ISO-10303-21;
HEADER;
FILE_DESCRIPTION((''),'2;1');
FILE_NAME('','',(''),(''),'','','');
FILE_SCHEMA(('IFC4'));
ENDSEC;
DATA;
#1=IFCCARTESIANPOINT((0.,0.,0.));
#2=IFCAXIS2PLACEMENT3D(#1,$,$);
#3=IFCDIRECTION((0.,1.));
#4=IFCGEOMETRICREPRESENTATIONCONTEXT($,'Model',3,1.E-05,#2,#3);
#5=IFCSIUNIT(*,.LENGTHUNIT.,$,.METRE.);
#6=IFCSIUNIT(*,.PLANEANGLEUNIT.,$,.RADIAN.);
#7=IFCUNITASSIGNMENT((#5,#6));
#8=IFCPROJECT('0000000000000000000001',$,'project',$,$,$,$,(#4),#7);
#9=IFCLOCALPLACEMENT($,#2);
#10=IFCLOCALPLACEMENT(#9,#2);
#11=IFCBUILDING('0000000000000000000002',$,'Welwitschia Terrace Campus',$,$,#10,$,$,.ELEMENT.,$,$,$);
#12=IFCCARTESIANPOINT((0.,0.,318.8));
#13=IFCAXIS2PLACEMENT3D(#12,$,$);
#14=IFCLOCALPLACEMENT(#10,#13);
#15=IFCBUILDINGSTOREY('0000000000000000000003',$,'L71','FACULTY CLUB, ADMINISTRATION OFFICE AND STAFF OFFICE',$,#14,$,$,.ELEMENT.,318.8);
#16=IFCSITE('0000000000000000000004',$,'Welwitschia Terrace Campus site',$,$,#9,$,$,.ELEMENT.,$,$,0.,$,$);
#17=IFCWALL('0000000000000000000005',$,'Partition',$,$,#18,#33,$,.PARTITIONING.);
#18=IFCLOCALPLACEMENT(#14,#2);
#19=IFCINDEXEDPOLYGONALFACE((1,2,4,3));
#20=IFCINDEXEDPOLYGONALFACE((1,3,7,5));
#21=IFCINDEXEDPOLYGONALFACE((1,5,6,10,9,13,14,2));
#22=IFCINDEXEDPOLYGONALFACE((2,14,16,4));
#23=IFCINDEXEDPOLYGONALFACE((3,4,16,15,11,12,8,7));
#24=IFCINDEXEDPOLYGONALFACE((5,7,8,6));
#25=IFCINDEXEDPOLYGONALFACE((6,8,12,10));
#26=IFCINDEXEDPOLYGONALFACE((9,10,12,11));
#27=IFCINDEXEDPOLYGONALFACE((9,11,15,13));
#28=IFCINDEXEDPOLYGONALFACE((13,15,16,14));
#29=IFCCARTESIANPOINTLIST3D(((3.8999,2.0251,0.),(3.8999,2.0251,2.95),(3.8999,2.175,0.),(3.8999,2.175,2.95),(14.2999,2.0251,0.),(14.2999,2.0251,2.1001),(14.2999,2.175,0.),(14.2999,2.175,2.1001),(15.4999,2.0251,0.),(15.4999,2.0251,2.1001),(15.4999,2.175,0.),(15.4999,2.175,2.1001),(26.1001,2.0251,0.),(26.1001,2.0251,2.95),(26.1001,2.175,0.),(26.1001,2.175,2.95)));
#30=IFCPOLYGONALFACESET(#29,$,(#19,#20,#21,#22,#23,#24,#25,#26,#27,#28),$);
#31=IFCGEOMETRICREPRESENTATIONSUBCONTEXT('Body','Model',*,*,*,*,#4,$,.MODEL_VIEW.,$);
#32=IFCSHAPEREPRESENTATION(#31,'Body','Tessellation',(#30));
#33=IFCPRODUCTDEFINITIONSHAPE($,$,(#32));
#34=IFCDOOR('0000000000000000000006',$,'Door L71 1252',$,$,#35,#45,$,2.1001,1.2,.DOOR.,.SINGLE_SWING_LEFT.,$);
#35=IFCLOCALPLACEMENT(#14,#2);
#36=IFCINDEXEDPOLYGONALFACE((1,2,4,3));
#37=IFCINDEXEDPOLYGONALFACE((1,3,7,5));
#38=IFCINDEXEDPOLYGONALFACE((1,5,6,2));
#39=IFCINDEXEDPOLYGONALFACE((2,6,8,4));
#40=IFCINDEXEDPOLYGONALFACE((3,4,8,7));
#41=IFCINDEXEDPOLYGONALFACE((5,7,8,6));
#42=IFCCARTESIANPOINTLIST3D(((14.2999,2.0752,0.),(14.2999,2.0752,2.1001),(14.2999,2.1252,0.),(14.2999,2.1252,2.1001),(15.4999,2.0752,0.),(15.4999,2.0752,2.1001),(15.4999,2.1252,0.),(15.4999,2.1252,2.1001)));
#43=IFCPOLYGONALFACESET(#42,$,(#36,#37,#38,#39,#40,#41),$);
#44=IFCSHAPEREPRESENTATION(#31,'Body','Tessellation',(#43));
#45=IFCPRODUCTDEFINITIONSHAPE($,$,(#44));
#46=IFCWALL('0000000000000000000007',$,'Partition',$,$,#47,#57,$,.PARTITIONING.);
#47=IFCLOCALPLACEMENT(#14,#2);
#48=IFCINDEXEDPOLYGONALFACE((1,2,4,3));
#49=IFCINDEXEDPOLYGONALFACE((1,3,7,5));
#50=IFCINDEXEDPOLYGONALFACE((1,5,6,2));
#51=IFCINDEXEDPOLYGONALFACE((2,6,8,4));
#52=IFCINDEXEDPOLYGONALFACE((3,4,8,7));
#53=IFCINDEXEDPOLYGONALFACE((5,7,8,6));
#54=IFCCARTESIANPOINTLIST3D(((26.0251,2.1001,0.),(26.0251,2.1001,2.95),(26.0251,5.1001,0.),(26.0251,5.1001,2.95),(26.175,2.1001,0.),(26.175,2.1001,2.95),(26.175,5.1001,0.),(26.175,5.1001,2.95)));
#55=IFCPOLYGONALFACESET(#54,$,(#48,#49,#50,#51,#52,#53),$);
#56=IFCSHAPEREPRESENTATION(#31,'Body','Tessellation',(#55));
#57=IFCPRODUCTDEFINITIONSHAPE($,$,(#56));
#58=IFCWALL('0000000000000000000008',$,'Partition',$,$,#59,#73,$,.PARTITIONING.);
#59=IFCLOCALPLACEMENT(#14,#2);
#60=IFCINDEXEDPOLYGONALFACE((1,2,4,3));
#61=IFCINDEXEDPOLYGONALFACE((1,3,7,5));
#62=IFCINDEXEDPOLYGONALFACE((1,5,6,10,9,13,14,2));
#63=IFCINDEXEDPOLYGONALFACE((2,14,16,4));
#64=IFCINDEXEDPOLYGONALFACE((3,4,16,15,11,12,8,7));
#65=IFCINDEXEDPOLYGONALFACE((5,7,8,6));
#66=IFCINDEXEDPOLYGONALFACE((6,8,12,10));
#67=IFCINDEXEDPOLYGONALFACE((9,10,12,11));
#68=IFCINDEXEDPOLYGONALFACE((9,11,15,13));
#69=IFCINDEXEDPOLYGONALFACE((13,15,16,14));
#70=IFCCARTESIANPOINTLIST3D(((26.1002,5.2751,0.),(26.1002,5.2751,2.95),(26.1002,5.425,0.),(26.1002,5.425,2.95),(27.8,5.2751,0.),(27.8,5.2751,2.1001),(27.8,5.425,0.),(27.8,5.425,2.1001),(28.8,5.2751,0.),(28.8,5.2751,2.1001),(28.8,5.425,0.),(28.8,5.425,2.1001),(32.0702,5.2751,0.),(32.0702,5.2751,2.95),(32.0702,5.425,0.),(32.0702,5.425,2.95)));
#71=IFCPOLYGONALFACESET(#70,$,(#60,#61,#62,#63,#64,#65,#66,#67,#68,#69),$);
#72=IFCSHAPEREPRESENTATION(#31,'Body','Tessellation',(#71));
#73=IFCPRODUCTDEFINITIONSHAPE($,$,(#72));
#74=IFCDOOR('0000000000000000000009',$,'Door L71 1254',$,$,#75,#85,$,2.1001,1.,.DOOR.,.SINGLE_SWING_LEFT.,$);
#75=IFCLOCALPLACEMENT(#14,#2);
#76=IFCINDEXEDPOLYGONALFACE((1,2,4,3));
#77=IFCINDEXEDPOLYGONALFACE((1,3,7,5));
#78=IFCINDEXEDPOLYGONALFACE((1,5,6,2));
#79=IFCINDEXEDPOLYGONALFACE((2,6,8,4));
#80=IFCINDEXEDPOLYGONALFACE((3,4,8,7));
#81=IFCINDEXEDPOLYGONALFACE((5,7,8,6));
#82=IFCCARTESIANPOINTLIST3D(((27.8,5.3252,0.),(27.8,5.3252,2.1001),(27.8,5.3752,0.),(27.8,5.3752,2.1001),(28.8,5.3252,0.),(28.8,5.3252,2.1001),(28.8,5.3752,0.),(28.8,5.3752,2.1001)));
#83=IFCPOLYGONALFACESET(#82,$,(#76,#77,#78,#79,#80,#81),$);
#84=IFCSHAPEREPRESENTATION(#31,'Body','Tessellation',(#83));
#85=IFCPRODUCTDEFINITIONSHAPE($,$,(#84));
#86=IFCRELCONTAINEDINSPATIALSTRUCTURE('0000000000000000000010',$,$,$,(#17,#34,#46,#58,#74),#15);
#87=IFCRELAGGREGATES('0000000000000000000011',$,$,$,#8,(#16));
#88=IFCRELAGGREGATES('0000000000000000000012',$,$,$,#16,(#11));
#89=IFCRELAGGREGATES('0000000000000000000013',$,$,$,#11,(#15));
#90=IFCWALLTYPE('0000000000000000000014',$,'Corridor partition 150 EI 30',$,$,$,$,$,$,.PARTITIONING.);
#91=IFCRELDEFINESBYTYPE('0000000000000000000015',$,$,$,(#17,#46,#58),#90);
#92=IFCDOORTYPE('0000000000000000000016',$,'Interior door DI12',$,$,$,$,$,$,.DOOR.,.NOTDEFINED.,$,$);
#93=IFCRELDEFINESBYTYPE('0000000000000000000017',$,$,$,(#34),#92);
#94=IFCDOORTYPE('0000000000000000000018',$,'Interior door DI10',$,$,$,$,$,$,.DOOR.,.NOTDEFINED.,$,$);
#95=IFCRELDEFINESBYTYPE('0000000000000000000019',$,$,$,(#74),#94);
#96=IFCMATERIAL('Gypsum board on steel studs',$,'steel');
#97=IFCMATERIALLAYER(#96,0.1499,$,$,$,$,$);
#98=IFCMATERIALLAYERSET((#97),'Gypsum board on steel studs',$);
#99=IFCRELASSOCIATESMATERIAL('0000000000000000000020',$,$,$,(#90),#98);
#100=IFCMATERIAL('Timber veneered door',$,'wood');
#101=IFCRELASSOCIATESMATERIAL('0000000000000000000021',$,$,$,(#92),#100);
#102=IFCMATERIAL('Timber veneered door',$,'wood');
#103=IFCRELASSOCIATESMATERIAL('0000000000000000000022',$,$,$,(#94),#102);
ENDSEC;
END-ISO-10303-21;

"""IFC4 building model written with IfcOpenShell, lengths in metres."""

from ifc_helpers import new_model, si_unit, direction, frame, frame_2d, origin, place, context, subcontext, project, spatial, rectangle, extrude, material, layer, layer_set, type_object, element, fill, save


model = new_model("IFC4")

# Units and contexts
model_context = context("Model", 3, precision=1e-05, world=origin(), true_north=direction((0.0, 1.0)))
body_context = subcontext(model_context, "Body", "Model", "MODEL_VIEW")
ifc_project = project(units=[si_unit("LENGTHUNIT", "METRE"), si_unit("PLANEANGLEUNIT", "RADIAN")], contexts=[model_context])

# Site, building, storey
site_placement = place(None, origin())
site = spatial("IfcSite", under=ifc_project, at=site_placement, Name="Welwitschia Terrace Campus site", CompositionType="ELEMENT", RefElevation=0.0)
building_placement = place(site_placement, origin())
building = spatial("IfcBuilding", under=site, at=building_placement, Name="Welwitschia Terrace Campus", CompositionType="ELEMENT")
storey_placement = place(building_placement, frame((0.0, 0.0, 318.8)))
storey = spatial("IfcBuildingStorey", under=building, at=storey_placement, Name="L71", Description="FACULTY CLUB, ADMINISTRATION OFFICE AND STAFF OFFICE", CompositionType="ELEMENT", Elevation=318.8)

# Shared definitions
ifc_material_1 = material(Name="Gypsum board on steel studs", Category="steel")
ifc_layer_1 = layer(ifc_material_1, 0.1499)
ifc_layer_set_1 = layer_set([ifc_layer_1], Name="Gypsum board on steel studs")
wall_type = type_object("IfcWallType", Name="Corridor partition 150 EI 30", PredefinedType="PARTITIONING", material=ifc_layer_set_1)

# Wall, opening, door
wall_1_placement = place(storey_placement, frame((26.1001, 2.1001, 0.0), z_axis=(0.0, 0.0, 1.0), x_axis=(-1.0, 0.0, 0.0)))
wall_1 = element("IfcWall", 1, at=wall_1_placement, inside=storey, type_object=wall_type, Name="Partition", PredefinedType="PARTITIONING", context=body_context, shape_type="SweptSolid", body=[
    extrude(rectangle(XDim=22.2002, YDim=0.1499, at=frame_2d((11.1001, 0.0))), origin(), (0.0, 0.0, 1.0), 2.95),
])
opening_1_placement = place(wall_1_placement, frame((10.6001, 0.0, 0.0)))
opening_1 = element("IfcOpeningElement", 2, at=opening_1_placement, cuts=wall_1, PredefinedType="OPENING", context=body_context, shape_type="SweptSolid", body=[
    extrude(rectangle(XDim=1.2, YDim=2.1001, at=frame_2d((0.6001, 1.05))), frame((0.0, 0.085, 0.0), z_axis=(0.0, -1.0, 0.0), x_axis=(1.0, 0.0, 0.0)), (0.0, 0.0, 1.0), 0.1699),
])
ifc_material_2 = material(Name="Timber veneered door", Category="wood")
door_type_1 = type_object("IfcDoorType", Name="Interior door DI12", OperationType="NOTDEFINED", PredefinedType="DOOR", material=ifc_material_2)
door_1_placement = place(opening_1_placement, origin())
door_1 = element("IfcDoor", 3, at=door_1_placement, inside=storey, type_object=door_type_1, Name="Door L71 1252", OperationType="SINGLE_SWING_LEFT", OverallHeight=2.1001, OverallWidth=1.2, PredefinedType="DOOR", context=body_context, shape_type="SweptSolid", body=[
    extrude(rectangle(XDim=1.2, YDim=2.1001, at=frame_2d((0.6001, 1.05))), frame((0.0, 0.0249, 0.0), z_axis=(0.0, -1.0, 0.0), x_axis=(1.0, 0.0, 0.0)), (0.0, 0.0, 1.0), 0.05),
])
fill(opening_1, door_1)

# Wall
wall_2_placement = place(storey_placement, frame((26.1001, 2.1001, 0.0), z_axis=(0.0, 0.0, 1.0), x_axis=(0.0, 1.0, 0.0)))
element("IfcWall", 4, at=wall_2_placement, inside=storey, type_object=wall_type, Name="Partition", PredefinedType="PARTITIONING", context=body_context, shape_type="SweptSolid", body=[
    extrude(rectangle(XDim=3.0, YDim=0.1499, at=frame_2d((1.5, 0.0))), origin(), (0.0, 0.0, 1.0), 2.95),
])

# Wall, opening, door
wall_3_placement = place(storey_placement, frame((32.0701, 5.3501, 0.0), z_axis=(0.0, 0.0, 1.0), x_axis=(-1.0, 0.0, 0.0)))
wall_3 = element("IfcWall", 5, at=wall_3_placement, inside=storey, type_object=wall_type, Name="Partition", PredefinedType="PARTITIONING", context=body_context, shape_type="SweptSolid", body=[
    extrude(rectangle(XDim=5.97, YDim=0.1499, at=frame_2d((2.9849, 0.0))), origin(), (0.0, 0.0, 1.0), 2.95),
])
opening_2_placement = place(wall_3_placement, frame((3.27, 0.0, 0.0)))
opening_2 = element("IfcOpeningElement", 6, at=opening_2_placement, cuts=wall_3, PredefinedType="OPENING", context=body_context, shape_type="SweptSolid", body=[
    extrude(rectangle(XDim=1.0, YDim=2.1001, at=frame_2d((0.5, 1.05))), frame((0.0, 0.085, 0.0), z_axis=(0.0, -1.0, 0.0), x_axis=(1.0, 0.0, 0.0)), (0.0, 0.0, 1.0), 0.1699),
])
ifc_material_3 = material(Name="Timber veneered door", Category="wood")
door_type_2 = type_object("IfcDoorType", Name="Interior door DI10", OperationType="NOTDEFINED", PredefinedType="DOOR", material=ifc_material_3)
door_2_placement = place(opening_2_placement, origin())
door_2 = element("IfcDoor", 7, at=door_2_placement, inside=storey, type_object=door_type_2, Name="Door L71 1254", OperationType="SINGLE_SWING_LEFT", OverallHeight=2.1001, OverallWidth=1.0, PredefinedType="DOOR", context=body_context, shape_type="SweptSolid", body=[
    extrude(rectangle(XDim=1.0, YDim=2.1001, at=frame_2d((0.5, 1.05))), frame((0.0, 0.0249, 0.0), z_axis=(0.0, -1.0, 0.0), x_axis=(1.0, 0.0, 0.0)), (0.0, 0.0, 1.0), 0.05),
])
fill(opening_2, door_2)

save(model, "model.ifc")
